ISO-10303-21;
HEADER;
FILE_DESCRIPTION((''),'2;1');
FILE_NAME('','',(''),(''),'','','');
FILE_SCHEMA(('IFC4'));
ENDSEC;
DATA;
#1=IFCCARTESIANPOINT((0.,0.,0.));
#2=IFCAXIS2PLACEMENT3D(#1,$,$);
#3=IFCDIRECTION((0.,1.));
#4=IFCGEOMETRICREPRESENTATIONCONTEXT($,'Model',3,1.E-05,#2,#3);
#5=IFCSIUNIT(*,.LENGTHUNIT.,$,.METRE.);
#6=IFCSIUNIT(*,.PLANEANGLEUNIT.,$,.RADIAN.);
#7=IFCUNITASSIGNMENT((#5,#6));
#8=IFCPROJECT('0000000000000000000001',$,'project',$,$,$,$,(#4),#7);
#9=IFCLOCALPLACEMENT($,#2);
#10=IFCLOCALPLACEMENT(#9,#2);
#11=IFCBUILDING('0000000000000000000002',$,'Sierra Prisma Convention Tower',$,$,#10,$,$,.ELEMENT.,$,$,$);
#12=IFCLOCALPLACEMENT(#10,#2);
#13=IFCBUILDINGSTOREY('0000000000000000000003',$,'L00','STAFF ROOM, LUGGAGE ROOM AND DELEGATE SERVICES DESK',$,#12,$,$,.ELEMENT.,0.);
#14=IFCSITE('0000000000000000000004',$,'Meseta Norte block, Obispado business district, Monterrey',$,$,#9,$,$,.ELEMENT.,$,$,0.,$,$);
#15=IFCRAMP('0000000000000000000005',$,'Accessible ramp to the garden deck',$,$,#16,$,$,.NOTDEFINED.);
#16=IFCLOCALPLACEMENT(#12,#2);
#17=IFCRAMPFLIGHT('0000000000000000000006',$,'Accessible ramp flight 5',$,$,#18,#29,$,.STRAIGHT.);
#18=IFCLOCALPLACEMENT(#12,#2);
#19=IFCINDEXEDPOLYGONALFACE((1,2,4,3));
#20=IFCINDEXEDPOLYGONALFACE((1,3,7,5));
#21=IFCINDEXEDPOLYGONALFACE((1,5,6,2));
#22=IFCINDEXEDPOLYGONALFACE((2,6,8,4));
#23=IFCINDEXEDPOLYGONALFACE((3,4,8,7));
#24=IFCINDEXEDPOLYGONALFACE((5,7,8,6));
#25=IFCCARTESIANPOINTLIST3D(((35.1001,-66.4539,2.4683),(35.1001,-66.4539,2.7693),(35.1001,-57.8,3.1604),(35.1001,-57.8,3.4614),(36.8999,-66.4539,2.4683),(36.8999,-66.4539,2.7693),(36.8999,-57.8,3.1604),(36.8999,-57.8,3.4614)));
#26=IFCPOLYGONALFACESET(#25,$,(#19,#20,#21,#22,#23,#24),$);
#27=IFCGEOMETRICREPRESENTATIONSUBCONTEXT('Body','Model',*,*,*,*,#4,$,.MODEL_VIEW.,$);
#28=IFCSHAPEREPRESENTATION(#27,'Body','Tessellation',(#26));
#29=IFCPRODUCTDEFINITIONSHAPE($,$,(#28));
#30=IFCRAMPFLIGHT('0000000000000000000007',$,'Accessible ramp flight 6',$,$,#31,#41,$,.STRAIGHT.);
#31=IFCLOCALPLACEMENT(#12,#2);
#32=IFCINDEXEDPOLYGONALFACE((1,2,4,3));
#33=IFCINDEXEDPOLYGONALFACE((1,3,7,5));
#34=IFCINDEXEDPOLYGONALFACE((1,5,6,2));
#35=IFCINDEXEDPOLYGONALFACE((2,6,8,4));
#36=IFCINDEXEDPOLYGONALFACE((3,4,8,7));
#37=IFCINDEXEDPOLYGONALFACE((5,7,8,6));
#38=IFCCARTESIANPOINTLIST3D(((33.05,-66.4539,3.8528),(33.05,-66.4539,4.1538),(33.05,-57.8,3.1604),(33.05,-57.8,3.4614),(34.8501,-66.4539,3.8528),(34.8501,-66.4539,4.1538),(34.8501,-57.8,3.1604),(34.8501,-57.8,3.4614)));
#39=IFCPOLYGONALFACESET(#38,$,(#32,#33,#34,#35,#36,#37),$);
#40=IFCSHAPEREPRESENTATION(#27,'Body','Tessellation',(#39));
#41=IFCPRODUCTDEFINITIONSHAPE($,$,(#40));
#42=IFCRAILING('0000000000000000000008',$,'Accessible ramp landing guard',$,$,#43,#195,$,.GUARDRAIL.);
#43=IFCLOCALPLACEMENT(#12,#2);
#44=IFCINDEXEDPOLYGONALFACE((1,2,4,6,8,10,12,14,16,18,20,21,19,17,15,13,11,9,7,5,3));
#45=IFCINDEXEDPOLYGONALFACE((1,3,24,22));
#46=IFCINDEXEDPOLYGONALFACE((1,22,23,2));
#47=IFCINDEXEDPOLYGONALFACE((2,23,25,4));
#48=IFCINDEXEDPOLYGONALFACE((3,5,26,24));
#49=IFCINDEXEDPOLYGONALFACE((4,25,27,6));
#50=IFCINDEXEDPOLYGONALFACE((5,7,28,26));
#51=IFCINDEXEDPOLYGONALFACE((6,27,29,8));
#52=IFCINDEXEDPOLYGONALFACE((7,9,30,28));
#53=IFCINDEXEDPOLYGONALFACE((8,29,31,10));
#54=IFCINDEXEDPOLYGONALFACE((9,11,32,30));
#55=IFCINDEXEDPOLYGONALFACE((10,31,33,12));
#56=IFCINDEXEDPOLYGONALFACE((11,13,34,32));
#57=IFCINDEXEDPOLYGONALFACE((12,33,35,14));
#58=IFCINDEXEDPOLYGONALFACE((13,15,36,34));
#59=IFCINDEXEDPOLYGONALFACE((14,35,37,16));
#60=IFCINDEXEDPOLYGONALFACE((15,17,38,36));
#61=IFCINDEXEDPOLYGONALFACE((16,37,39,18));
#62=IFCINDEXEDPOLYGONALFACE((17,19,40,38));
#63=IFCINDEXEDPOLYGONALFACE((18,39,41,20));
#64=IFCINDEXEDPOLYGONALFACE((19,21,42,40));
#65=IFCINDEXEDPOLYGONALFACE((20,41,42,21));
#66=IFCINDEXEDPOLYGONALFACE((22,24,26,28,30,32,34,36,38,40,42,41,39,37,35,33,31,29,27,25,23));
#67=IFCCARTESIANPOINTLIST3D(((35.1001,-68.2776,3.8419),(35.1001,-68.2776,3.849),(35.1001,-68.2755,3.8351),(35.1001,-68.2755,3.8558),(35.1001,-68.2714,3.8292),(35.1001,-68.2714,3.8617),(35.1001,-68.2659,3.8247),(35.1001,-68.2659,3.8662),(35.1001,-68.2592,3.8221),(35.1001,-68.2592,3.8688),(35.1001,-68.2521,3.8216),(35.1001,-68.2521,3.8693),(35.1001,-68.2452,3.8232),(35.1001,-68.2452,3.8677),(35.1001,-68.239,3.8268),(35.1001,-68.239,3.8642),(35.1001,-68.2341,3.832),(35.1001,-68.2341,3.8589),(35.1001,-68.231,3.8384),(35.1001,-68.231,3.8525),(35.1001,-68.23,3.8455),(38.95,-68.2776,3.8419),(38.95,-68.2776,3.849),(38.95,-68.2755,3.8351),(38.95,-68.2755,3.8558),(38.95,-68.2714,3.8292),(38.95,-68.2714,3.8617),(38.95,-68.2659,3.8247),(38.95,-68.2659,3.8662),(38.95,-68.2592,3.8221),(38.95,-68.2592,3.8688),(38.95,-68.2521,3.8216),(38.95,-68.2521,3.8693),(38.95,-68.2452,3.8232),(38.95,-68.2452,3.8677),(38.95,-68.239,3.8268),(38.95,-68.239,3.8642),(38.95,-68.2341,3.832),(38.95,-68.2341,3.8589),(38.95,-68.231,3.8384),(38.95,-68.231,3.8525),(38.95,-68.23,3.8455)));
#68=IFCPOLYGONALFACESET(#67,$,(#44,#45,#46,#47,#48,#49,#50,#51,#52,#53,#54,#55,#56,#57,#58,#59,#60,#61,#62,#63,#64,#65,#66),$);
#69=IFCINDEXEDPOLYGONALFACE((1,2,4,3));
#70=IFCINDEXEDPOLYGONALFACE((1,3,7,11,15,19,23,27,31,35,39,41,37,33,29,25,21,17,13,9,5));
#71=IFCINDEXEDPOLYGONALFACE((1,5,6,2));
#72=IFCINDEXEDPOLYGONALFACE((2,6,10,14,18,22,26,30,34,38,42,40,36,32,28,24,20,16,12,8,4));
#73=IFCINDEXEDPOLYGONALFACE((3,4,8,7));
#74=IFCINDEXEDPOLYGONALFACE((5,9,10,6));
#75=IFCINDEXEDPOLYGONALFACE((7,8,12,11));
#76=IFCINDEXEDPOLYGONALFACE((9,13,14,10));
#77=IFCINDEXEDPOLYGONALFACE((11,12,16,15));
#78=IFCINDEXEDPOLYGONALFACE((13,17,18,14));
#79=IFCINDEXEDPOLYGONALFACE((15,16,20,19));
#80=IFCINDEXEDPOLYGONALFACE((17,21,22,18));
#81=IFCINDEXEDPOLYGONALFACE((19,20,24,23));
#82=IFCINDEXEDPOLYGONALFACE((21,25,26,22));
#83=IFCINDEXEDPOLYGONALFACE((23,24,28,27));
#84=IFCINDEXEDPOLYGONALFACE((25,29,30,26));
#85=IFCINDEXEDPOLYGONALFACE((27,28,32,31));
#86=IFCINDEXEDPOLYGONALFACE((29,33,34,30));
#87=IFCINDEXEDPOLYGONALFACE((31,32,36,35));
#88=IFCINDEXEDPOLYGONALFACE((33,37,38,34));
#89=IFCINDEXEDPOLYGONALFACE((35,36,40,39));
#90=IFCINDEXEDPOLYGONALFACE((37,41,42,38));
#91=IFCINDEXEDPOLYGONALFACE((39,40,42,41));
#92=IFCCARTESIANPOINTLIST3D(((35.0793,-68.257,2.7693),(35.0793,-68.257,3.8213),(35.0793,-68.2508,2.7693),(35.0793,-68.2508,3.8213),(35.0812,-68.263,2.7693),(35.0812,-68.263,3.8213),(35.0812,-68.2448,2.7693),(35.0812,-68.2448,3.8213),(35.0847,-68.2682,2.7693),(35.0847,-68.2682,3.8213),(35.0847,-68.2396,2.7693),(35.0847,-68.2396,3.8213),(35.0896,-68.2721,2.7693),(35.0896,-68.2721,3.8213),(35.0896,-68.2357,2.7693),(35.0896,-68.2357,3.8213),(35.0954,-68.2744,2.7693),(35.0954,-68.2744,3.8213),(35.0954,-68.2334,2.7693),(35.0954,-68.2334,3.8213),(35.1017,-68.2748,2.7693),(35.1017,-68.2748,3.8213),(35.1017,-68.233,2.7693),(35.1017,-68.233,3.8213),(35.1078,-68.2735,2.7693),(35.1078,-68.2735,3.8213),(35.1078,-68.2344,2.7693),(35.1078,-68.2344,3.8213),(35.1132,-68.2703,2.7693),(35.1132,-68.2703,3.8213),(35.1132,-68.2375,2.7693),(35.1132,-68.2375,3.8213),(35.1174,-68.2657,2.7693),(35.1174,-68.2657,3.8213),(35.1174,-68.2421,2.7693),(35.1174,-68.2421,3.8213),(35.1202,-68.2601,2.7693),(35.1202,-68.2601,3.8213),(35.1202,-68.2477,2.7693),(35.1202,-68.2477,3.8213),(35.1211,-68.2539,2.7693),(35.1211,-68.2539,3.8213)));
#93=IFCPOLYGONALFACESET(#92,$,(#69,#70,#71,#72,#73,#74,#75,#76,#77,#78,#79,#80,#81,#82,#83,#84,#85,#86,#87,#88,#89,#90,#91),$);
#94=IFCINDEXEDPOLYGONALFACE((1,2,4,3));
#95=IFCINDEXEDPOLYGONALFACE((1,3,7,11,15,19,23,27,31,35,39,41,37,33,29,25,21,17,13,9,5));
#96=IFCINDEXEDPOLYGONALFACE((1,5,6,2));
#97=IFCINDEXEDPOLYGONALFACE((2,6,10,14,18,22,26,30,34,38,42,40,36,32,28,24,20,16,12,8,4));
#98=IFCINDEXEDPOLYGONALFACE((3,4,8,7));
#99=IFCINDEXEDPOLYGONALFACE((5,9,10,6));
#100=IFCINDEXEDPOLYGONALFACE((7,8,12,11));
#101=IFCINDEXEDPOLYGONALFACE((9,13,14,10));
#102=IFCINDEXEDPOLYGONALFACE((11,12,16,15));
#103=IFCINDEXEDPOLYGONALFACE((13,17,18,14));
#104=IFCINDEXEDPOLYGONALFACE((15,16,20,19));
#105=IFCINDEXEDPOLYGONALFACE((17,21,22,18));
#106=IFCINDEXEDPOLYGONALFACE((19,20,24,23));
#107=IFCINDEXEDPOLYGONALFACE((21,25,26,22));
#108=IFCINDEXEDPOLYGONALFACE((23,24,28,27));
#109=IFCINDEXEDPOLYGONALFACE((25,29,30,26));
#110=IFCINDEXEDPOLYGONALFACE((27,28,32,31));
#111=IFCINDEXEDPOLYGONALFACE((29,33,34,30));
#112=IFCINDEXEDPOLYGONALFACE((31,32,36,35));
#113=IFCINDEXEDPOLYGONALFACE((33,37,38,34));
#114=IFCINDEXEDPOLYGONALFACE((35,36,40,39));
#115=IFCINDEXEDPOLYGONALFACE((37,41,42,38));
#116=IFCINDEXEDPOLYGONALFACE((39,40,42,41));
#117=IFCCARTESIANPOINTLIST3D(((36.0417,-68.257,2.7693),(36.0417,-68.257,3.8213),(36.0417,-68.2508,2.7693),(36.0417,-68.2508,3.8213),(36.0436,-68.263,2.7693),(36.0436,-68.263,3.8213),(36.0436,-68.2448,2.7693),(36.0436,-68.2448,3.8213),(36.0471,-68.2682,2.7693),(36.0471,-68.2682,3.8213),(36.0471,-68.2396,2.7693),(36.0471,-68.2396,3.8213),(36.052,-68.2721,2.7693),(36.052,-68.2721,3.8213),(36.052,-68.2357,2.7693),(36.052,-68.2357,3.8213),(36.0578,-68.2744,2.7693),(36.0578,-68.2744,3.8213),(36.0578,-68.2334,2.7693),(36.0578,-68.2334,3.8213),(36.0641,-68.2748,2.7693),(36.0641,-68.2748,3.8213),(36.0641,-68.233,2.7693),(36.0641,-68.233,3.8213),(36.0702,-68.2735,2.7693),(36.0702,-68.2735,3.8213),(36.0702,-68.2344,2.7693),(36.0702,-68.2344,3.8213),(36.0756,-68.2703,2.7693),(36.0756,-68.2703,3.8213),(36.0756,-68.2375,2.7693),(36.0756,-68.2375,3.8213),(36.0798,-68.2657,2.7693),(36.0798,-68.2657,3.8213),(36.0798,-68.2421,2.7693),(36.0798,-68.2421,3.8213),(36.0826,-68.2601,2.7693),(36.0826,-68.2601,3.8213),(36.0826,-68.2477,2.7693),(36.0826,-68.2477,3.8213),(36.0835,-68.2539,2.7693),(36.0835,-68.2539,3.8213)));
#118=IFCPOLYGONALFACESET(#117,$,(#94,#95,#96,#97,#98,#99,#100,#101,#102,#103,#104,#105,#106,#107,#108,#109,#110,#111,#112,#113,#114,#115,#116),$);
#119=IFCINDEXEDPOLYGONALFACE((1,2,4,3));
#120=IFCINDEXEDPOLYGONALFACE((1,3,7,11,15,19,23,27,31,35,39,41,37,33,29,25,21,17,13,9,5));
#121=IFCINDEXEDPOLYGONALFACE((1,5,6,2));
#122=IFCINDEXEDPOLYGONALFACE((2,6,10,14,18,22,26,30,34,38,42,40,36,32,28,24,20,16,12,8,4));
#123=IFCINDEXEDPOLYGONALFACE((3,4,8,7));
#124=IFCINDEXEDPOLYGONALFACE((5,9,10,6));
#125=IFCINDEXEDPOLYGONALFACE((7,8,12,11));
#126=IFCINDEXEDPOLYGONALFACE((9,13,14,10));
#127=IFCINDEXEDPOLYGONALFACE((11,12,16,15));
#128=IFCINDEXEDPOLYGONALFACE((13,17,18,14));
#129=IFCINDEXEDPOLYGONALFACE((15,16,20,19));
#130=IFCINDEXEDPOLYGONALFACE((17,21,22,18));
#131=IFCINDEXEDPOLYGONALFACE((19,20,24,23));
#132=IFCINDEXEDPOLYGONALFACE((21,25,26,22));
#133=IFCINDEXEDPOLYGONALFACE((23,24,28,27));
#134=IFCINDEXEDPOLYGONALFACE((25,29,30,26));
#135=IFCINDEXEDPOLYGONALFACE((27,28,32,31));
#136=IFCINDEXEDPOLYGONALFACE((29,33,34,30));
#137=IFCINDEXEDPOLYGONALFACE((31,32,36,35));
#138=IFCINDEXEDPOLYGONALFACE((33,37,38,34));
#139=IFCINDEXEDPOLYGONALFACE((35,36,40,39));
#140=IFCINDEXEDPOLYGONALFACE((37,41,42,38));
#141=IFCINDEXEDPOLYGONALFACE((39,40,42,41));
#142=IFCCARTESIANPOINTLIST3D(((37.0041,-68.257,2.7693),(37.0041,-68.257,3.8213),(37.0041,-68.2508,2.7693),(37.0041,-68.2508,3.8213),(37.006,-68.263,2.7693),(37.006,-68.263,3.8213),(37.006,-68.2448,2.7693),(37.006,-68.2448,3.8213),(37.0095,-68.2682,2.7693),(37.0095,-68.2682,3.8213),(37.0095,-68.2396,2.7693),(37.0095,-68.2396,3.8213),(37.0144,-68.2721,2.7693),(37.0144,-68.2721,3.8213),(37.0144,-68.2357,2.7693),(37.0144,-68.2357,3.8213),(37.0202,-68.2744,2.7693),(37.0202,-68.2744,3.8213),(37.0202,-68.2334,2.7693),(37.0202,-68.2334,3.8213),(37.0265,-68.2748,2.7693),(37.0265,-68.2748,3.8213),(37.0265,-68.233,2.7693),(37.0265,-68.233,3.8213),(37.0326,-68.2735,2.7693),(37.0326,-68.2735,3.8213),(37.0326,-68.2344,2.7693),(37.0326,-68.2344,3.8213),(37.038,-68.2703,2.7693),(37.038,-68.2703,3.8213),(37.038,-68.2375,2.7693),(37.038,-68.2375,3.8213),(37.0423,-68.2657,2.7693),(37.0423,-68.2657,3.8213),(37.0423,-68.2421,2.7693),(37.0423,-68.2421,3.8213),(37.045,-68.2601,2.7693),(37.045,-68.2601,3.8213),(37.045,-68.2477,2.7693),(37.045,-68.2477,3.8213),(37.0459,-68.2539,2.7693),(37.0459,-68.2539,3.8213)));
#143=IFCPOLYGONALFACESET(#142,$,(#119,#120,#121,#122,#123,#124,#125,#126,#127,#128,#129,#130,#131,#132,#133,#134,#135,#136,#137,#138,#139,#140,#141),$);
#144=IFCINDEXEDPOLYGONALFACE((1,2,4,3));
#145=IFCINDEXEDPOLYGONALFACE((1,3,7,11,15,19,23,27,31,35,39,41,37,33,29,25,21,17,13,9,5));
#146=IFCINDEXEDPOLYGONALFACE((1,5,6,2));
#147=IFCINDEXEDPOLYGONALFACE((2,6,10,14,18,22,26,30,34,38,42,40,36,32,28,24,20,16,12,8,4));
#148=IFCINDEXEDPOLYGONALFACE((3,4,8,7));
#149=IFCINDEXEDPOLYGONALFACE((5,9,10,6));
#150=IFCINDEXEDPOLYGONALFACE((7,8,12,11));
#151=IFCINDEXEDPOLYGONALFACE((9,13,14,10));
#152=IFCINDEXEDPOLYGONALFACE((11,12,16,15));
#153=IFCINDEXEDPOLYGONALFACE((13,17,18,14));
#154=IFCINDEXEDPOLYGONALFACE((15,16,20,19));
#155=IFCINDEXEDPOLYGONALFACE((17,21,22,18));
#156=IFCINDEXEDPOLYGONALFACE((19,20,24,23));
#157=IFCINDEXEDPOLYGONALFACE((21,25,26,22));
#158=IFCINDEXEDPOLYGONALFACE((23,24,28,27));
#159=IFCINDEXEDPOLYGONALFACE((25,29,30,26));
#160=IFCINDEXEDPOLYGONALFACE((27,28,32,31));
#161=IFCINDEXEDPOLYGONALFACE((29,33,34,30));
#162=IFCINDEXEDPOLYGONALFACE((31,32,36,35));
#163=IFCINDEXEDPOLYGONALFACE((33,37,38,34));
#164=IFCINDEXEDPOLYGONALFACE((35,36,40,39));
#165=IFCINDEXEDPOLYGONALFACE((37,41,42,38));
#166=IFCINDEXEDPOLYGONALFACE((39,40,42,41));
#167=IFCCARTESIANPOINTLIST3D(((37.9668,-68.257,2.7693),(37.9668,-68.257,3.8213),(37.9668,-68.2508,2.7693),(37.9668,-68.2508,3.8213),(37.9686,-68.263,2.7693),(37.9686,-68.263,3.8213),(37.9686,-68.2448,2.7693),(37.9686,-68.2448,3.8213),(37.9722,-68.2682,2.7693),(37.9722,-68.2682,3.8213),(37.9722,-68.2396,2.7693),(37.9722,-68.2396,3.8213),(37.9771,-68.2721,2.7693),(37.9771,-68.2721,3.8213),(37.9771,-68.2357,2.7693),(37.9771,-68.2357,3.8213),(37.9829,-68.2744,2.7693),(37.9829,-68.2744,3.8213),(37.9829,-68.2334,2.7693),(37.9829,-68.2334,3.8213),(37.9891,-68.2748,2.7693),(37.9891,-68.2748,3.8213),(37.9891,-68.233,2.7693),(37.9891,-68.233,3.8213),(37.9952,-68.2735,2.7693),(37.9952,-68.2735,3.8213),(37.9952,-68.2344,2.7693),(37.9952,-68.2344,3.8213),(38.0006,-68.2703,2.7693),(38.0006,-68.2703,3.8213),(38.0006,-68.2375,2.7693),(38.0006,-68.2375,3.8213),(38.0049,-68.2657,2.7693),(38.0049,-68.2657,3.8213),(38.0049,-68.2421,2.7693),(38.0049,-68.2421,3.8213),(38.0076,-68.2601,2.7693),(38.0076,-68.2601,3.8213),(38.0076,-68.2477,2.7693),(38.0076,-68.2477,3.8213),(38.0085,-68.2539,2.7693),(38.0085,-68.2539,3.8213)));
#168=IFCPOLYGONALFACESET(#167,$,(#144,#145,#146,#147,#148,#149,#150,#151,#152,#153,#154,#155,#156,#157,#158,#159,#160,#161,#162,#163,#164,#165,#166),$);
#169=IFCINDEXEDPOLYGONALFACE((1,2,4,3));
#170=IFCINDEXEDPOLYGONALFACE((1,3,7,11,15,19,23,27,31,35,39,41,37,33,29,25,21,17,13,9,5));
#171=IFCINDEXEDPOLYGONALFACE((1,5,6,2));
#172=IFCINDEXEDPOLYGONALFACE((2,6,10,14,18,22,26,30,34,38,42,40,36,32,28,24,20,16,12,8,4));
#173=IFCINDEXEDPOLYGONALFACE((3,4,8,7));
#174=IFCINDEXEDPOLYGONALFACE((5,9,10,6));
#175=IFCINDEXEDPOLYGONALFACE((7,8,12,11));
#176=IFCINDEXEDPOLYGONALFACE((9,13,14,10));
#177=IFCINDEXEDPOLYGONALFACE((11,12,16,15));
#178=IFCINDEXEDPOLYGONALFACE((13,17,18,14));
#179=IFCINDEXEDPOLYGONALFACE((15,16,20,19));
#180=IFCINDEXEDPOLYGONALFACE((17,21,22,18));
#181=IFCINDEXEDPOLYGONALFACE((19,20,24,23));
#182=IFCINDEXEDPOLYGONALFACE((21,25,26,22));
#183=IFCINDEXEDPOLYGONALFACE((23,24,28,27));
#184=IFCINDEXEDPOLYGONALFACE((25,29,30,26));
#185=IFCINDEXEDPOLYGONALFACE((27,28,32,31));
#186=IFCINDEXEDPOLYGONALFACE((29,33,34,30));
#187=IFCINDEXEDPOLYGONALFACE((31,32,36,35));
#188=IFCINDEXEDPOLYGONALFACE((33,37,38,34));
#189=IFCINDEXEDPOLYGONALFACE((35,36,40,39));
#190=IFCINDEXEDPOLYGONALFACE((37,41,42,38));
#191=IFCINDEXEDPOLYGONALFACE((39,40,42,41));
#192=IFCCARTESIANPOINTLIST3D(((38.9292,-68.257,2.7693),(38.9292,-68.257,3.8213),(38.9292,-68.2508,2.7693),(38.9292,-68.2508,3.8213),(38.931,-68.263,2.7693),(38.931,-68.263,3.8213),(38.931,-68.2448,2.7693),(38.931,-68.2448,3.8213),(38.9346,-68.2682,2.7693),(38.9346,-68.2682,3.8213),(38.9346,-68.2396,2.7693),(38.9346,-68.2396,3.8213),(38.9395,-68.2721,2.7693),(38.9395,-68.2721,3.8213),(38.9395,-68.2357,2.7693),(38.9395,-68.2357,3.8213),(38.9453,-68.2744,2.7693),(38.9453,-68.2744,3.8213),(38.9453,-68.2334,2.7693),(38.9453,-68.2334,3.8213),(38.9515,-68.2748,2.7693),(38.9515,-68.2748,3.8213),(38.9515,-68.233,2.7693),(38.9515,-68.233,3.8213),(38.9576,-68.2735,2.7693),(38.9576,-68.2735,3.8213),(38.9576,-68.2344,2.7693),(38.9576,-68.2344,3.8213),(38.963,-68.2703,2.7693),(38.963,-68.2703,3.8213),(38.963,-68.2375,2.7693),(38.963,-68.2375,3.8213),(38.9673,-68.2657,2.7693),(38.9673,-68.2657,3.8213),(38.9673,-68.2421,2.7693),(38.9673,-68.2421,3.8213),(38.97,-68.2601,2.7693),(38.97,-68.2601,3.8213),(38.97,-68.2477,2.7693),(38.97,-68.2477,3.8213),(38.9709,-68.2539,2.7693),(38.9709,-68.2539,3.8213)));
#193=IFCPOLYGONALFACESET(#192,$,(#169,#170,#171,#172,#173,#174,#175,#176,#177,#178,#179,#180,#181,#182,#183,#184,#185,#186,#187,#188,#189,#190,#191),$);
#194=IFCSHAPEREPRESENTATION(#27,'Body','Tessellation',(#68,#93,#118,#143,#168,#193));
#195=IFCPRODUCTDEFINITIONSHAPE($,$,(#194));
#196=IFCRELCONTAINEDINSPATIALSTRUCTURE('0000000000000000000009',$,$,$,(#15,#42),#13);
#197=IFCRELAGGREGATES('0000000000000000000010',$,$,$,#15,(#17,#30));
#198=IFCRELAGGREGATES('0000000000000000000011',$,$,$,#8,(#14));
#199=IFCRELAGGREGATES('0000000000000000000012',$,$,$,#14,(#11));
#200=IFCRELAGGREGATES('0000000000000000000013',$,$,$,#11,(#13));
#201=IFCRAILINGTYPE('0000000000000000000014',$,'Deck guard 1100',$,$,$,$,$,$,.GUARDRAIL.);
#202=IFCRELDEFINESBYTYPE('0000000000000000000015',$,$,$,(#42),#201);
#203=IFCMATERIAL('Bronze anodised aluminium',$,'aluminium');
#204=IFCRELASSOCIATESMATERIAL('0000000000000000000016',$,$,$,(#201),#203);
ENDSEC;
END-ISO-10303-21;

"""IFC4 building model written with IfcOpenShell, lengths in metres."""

from ifc_helpers import new_model, si_unit, direction, frame, origin, origin_2d, place, context, subcontext, project, spatial, polyline, circle, outline, extrude, material, type_object, element, aggregate, save


model = new_model("IFC4")

# Units and contexts
model_context = context("Model", 3, precision=1e-05, world=origin(), true_north=direction((0.0, 1.0)))
body_context = subcontext(model_context, "Body", "Model", "MODEL_VIEW")
ifc_project = project(units=[si_unit("LENGTHUNIT", "METRE"), si_unit("PLANEANGLEUNIT", "RADIAN")], contexts=[model_context])

# Site, building, storey
site_placement = place(None, origin())
site = spatial("IfcSite", under=ifc_project, at=site_placement, Name="Meseta Norte block, Obispado business district, Monterrey", CompositionType="ELEMENT", RefElevation=0.0)
building_placement = place(site_placement, origin())
building = spatial("IfcBuilding", under=site, at=building_placement, Name="Sierra Prisma Convention Tower", CompositionType="ELEMENT")
storey_placement = place(building_placement, origin())
storey = spatial("IfcBuildingStorey", under=building, at=storey_placement, Name="L00", Description="STAFF ROOM, LUGGAGE ROOM AND DELEGATE SERVICES DESK", CompositionType="ELEMENT", Elevation=0.0)

# Ramp, ramp flights
ramp_placement = place(storey_placement, origin())
ramp = element("IfcRamp", 1, at=ramp_placement, inside=storey, Name="Accessible ramp to the garden deck", PredefinedType="NOTDEFINED")
ramp_flight_1_placement = place(storey_placement, frame((35.1001, -66.4539, 2.7693), z_axis=(0.0, 0.0, 1.0), x_axis=(0.0, 1.0, 0.0)))
ramp_flight_1 = element("IfcRampFlight", 2, at=ramp_flight_1_placement, Name="Accessible ramp flight 5", PredefinedType="STRAIGHT", context=body_context, shape_type="SweptSolid", body=[
    extrude(outline(polyline([(0.0, -0.301), (8.6538, 0.3911), (8.6538, 0.6921), (0.0, 0.0), (0.0, -0.301)])), frame((0.0, 0.0, 0.0), z_axis=(0.0, -1.0, 0.0), x_axis=(1.0, 0.0, 0.0)), (0.0, 0.0, 1.0), 1.7998),
])
ramp_flight_2_placement = place(storey_placement, frame((33.05, -66.4539, 4.1538), z_axis=(0.0, 0.0, 1.0), x_axis=(0.0, 1.0, 0.0)))
ramp_flight_2 = element("IfcRampFlight", 3, at=ramp_flight_2_placement, Name="Accessible ramp flight 6", PredefinedType="STRAIGHT", context=body_context, shape_type="SweptSolid", body=[
    extrude(outline(polyline([(0.0, -0.301), (8.6538, -0.9934), (8.6538, -0.6924), (0.0, 0.0), (0.0, -0.301)])), frame((0.0, 0.0, 0.0), z_axis=(0.0, -1.0, 0.0), x_axis=(1.0, 0.0, 0.0)), (0.0, 0.0, 1.0), 1.8),
])
aggregate(ramp, [ramp_flight_1, ramp_flight_2])

# Railing
ifc_material_1 = material(Name="Bronze anodised aluminium", Category="aluminium")
railing_type_1 = type_object("IfcRailingType", Name="Deck guard 1100", PredefinedType="GUARDRAIL", material=ifc_material_1)
railing_1_placement = place(storey_placement, frame((35.1001, -68.2539, 2.7693)))
element("IfcRailing", 4, at=railing_1_placement, inside=storey, type_object=railing_type_1, Name="Accessible ramp landing guard", PredefinedType="GUARDRAIL", context=body_context, shape_type="SweptSolid", body=[
    extrude(circle(Radius=0.0239, at=origin_2d()), frame((0.0, 0.0, 1.0762), z_axis=(1.0, 0.0, 0.0), x_axis=(0.0, 1.0, 0.0)), (0.0, 0.0, 1.0), 3.8499),
    extrude(circle(Radius=0.021, at=origin_2d()), origin(), (0.0, 0.0, 1.0), 1.052),
    extrude(circle(Radius=0.021, at=origin_2d()), frame((0.9624, 0.0, 0.0)), (0.0, 0.0, 1.0), 1.052),
    extrude(circle(Radius=0.021, at=origin_2d()), frame((1.9248, 0.0, 0.0)), (0.0, 0.0, 1.0), 1.052),
    extrude(circle(Radius=0.021, at=origin_2d()), frame((2.8875, 0.0, 0.0)), (0.0, 0.0, 1.0), 1.052),
    extrude(circle(Radius=0.021, at=origin_2d()), frame((3.8499, 0.0, 0.0)), (0.0, 0.0, 1.0), 1.052),
])

save(model, "model.ifc")
